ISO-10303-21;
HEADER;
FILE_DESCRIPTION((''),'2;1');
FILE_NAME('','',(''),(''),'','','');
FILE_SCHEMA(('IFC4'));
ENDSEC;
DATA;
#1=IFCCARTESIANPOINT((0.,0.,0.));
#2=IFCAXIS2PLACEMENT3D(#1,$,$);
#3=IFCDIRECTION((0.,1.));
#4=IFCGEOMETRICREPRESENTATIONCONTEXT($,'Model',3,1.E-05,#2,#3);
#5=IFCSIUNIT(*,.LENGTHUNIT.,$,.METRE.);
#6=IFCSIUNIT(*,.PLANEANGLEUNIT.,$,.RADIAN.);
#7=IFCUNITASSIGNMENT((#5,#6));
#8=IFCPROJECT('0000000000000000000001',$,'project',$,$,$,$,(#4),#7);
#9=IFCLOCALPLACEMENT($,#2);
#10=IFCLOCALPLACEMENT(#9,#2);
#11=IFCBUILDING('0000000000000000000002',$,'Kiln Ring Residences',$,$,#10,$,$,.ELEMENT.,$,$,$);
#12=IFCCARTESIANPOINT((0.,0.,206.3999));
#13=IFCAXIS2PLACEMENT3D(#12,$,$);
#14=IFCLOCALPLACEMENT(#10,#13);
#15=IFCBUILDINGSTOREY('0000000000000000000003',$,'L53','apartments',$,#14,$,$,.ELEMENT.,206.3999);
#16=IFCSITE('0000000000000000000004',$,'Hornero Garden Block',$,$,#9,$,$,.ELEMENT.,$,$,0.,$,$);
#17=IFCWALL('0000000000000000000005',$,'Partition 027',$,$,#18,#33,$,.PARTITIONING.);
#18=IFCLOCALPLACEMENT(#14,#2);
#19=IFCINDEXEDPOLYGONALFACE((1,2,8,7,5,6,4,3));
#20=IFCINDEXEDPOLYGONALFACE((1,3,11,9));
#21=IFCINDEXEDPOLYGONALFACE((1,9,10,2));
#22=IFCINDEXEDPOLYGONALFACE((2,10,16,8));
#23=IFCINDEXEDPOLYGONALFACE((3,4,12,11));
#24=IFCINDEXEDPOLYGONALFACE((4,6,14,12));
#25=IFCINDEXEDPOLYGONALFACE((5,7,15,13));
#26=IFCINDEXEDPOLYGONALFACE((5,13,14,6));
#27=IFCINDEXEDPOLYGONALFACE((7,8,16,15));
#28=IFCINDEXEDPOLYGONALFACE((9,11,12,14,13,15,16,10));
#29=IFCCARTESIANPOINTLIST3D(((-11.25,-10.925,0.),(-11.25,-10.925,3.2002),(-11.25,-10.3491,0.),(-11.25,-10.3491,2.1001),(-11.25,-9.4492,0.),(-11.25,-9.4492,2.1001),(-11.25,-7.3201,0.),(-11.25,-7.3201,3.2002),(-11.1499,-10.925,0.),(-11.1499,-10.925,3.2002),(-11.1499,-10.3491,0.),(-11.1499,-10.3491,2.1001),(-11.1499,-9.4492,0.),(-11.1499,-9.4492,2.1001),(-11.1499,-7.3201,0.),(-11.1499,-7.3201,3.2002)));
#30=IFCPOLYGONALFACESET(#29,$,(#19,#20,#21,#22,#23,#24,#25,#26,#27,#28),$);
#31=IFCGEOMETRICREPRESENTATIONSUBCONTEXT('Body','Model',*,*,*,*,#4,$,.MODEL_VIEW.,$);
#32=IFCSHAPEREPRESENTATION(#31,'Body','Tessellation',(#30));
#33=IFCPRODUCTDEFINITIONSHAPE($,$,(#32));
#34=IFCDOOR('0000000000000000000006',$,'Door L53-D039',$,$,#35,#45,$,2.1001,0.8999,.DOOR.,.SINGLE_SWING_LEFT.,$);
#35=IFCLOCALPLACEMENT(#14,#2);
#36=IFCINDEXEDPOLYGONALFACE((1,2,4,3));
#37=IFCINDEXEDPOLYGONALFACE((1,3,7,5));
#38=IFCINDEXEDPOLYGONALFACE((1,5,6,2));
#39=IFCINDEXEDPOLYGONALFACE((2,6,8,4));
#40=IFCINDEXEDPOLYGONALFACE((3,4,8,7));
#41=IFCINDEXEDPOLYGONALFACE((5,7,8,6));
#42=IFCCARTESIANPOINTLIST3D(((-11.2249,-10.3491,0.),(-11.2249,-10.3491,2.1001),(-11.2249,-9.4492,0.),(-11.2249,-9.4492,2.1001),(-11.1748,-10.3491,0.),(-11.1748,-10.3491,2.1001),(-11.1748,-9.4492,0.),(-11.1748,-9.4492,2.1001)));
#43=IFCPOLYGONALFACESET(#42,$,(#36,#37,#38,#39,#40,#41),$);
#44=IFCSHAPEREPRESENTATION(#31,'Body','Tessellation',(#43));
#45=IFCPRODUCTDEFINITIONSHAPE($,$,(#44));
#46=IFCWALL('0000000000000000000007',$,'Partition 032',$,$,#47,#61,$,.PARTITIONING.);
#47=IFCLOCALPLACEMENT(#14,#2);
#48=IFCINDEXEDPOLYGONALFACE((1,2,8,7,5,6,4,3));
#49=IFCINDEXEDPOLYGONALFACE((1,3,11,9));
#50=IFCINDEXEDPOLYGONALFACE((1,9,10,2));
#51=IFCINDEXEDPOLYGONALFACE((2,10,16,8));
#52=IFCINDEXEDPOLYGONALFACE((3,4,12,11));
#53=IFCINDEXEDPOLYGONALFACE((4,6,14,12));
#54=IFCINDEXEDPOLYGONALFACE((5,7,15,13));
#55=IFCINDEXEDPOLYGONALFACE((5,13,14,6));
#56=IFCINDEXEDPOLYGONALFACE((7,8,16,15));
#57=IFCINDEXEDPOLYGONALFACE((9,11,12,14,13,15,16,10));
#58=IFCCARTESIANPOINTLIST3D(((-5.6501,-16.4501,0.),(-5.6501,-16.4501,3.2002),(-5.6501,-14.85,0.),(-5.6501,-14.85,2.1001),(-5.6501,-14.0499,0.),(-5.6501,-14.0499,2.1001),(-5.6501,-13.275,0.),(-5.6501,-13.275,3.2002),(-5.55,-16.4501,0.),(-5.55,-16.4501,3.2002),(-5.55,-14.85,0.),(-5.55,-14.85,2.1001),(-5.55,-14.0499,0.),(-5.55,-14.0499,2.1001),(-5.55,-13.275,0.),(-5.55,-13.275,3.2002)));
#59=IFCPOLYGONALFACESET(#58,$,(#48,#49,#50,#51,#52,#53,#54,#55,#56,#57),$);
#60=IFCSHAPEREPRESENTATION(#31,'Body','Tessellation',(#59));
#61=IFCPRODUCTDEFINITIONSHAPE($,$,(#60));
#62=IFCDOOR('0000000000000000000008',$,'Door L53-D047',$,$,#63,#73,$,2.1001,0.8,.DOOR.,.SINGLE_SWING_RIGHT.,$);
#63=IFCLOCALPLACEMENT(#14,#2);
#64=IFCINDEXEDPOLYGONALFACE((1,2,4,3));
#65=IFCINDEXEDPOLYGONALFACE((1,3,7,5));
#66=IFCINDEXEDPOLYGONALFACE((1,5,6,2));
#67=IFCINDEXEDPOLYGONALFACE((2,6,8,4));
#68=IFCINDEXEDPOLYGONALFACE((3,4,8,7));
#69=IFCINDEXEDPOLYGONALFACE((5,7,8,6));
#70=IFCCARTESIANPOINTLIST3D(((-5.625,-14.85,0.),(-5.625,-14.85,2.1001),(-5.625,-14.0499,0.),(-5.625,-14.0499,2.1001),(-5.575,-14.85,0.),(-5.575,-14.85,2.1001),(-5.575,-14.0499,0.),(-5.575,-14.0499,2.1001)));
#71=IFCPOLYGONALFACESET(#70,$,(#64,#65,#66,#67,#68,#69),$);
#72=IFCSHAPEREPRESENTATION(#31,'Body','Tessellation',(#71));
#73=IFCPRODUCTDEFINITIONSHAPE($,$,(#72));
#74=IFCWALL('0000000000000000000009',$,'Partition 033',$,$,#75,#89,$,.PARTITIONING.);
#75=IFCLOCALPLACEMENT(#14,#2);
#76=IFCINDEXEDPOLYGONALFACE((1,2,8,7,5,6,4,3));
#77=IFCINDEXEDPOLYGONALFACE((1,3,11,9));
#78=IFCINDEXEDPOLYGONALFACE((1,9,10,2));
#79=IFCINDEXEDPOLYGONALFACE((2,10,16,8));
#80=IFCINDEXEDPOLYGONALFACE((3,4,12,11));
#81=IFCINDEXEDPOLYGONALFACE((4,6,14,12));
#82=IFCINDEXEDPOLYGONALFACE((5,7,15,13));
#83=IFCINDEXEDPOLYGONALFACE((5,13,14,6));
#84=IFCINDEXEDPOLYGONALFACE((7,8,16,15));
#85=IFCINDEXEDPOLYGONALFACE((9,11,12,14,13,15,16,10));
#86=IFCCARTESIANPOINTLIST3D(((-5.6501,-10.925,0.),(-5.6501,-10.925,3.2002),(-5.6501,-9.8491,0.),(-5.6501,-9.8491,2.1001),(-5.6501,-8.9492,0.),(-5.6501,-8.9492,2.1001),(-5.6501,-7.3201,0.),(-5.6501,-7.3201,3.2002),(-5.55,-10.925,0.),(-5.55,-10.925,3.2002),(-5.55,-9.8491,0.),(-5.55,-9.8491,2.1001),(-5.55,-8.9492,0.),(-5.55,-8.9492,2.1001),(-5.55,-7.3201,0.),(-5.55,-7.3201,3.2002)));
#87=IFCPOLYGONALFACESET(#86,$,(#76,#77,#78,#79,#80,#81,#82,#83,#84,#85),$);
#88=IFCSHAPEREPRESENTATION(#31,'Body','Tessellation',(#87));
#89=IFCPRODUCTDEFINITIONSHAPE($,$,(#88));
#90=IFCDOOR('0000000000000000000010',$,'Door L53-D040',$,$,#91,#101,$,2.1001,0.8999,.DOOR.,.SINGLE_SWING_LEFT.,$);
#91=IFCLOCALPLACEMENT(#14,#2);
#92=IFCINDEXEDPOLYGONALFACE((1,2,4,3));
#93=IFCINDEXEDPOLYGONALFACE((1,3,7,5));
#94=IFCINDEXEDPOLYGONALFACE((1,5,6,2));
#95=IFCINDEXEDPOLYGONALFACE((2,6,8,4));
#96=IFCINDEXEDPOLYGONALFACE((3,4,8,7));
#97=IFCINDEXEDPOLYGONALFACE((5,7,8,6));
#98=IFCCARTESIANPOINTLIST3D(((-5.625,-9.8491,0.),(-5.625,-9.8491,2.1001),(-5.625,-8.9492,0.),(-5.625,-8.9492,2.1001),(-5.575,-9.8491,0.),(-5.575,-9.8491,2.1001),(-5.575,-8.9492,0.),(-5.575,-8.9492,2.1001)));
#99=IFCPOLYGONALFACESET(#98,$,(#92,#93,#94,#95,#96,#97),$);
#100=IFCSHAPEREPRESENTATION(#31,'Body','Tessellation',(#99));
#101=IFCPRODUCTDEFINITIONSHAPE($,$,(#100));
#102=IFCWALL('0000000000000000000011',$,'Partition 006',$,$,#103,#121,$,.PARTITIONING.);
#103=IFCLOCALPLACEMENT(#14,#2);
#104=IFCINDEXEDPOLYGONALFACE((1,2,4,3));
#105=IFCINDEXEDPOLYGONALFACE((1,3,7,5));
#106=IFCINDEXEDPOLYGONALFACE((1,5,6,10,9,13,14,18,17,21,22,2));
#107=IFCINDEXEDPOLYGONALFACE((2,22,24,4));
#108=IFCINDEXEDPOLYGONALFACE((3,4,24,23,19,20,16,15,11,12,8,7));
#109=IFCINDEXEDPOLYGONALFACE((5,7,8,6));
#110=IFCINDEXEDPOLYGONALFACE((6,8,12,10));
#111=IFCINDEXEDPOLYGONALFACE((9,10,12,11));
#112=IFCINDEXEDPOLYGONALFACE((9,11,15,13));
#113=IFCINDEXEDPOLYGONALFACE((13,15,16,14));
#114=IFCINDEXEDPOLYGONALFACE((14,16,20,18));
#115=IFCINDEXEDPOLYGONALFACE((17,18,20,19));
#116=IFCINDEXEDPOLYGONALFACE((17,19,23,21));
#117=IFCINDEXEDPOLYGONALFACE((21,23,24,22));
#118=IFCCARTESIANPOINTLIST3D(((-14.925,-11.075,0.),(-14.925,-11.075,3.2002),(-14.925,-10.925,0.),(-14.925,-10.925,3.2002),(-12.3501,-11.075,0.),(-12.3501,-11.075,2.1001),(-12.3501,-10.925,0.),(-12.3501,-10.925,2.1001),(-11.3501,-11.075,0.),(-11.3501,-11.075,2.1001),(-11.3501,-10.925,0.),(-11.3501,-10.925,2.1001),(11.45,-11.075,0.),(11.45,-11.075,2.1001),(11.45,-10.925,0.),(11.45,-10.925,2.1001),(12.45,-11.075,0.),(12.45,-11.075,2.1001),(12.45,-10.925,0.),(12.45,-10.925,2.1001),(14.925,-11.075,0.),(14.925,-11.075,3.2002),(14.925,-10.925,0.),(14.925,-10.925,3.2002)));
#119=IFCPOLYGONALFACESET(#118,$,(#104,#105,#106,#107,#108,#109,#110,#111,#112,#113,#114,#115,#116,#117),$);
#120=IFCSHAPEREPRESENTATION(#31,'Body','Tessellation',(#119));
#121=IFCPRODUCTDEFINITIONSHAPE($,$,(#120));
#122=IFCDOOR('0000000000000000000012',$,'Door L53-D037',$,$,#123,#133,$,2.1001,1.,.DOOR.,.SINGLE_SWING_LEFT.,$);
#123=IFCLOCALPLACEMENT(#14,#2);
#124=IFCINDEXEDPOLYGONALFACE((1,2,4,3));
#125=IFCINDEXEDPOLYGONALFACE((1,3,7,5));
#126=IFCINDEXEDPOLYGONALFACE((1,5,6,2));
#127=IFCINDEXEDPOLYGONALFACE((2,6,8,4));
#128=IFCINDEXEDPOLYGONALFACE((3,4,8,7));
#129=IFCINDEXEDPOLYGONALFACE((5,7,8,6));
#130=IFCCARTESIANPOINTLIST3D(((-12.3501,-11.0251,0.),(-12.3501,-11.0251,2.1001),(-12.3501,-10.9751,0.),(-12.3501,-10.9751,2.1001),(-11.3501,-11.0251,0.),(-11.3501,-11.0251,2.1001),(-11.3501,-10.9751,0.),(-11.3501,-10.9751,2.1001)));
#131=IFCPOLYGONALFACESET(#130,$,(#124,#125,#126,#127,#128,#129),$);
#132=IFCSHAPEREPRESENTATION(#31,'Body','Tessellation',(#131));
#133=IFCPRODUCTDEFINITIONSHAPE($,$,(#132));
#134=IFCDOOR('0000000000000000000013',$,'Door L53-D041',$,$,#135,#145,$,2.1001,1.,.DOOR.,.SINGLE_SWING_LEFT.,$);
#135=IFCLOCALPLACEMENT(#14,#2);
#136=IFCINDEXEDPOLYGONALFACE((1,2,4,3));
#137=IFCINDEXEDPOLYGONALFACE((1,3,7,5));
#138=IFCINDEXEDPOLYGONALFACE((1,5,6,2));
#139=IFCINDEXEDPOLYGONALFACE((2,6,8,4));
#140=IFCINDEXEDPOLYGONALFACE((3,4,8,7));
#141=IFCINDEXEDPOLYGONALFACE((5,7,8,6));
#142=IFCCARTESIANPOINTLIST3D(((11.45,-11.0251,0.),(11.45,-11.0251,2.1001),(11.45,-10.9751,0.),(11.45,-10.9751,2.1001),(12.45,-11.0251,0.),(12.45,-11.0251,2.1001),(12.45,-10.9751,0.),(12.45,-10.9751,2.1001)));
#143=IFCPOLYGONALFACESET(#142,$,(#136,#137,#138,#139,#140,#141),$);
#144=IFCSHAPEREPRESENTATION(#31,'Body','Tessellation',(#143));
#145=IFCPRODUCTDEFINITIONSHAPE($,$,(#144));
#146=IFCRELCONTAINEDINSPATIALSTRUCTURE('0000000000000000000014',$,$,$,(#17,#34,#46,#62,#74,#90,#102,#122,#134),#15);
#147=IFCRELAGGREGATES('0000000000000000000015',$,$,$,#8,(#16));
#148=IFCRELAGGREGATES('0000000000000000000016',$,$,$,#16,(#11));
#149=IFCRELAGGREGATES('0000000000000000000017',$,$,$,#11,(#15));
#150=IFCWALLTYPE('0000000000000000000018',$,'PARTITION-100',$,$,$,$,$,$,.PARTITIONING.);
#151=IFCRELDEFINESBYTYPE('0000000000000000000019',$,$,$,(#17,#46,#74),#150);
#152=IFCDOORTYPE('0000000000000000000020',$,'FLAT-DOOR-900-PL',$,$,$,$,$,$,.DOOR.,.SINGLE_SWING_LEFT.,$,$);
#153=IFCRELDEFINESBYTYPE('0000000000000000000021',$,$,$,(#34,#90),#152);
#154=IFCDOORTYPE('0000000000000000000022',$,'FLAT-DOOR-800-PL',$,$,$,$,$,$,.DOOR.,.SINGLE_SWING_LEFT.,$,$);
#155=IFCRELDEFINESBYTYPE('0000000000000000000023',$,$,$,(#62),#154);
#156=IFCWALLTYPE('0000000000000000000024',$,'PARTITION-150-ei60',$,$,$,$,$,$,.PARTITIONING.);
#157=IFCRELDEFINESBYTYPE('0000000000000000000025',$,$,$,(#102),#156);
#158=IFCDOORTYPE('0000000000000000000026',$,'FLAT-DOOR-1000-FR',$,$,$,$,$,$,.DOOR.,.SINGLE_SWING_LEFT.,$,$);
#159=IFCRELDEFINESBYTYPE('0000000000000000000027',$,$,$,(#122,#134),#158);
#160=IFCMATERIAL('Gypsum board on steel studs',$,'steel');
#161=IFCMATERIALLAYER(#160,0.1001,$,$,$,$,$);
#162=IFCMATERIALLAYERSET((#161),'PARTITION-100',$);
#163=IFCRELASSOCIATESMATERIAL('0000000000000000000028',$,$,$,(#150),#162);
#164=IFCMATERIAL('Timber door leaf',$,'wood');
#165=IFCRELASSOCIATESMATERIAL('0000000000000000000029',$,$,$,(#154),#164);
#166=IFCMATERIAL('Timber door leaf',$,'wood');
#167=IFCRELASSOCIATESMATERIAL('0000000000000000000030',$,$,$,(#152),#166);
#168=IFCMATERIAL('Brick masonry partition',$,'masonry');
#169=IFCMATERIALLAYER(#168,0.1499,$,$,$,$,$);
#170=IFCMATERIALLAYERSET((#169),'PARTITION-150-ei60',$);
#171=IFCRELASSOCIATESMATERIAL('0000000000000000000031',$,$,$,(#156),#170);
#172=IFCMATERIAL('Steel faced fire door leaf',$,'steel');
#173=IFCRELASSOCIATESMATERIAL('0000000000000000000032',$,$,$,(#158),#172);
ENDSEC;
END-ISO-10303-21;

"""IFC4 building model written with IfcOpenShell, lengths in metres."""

from ifc_helpers import new_model, si_unit, direction, frame, frame_2d, origin, place, context, subcontext, project, spatial, rectangle, extrude, material, layer, layer_set, type_object, element, fill, save


model = new_model("IFC4")

# Units and contexts
model_context = context("Model", 3, precision=1e-05, world=origin(), true_north=direction((0.0, 1.0)))
body_context = subcontext(model_context, "Body", "Model", "MODEL_VIEW")
ifc_project = project(units=[si_unit("LENGTHUNIT", "METRE"), si_unit("PLANEANGLEUNIT", "RADIAN")], contexts=[model_context])

# Site, building, storey
site_placement = place(None, origin())
site = spatial("IfcSite", under=ifc_project, at=site_placement, Name="Hornero Garden Block", CompositionType="ELEMENT", RefElevation=0.0)
building_placement = place(site_placement, origin())
building = spatial("IfcBuilding", under=site, at=building_placement, Name="Kiln Ring Residences", CompositionType="ELEMENT")
storey_placement = place(building_placement, frame((0.0, 0.0, 206.3999)))
storey = spatial("IfcBuildingStorey", under=building, at=storey_placement, Name="L53", Description="apartments", CompositionType="ELEMENT", Elevation=206.3999)

# Walls, openings, doors
ifc_material_1 = material(Name="Gypsum board on steel studs", Category="steel")
ifc_layer_1 = layer(ifc_material_1, 0.1001)
ifc_layer_set_1 = layer_set([ifc_layer_1], Name="PARTITION-100")
wall_type_1 = type_object("IfcWallType", Name="PARTITION-100", PredefinedType="PARTITIONING", material=ifc_layer_set_1)
ifc_material_2 = material(Name="Timber door leaf", Category="wood")
door_type_1 = type_object("IfcDoorType", Name="FLAT-DOOR-800-PL", OperationType="SINGLE_SWING_LEFT", PredefinedType="DOOR", material=ifc_material_2)
wall_1_placement = place(storey_placement, frame((-11.2, -10.925, 0.0), z_axis=(0.0, 0.0, 1.0), x_axis=(0.0, 1.0, 0.0)))
wall_1 = element("IfcWall", 1, at=wall_1_placement, inside=storey, type_object=wall_type_1, Name="Partition 027", PredefinedType="PARTITIONING", context=body_context, shape_type="SweptSolid", body=[
    extrude(rectangle(XDim=3.605, YDim=0.1001, at=frame_2d((1.8025, 0.0))), origin(), (0.0, 0.0, 1.0), 3.2002),
])
opening_1_placement = place(wall_1_placement, frame((0.5759, 0.0, 0.0)))
opening_1 = element("IfcOpeningElement", 2, at=opening_1_placement, cuts=wall_1, PredefinedType="OPENING", context=body_context, shape_type="SweptSolid", body=[
    extrude(rectangle(XDim=0.8999, YDim=2.1001, at=frame_2d((0.45, 1.05))), frame((0.0, 0.0601, 0.0), z_axis=(0.0, -1.0, 0.0), x_axis=(1.0, 0.0, 0.0)), (0.0, 0.0, 1.0), 0.1201),
])
ifc_material_3 = material(Name="Timber door leaf", Category="wood")
door_type_2 = type_object("IfcDoorType", Name="FLAT-DOOR-900-PL", OperationType="SINGLE_SWING_LEFT", PredefinedType="DOOR", material=ifc_material_3)
door_1_placement = place(opening_1_placement, origin())
door_1 = element("IfcDoor", 3, at=door_1_placement, inside=storey, type_object=door_type_2, Name="Door L53-D039", OperationType="SINGLE_SWING_LEFT", OverallHeight=2.1001, OverallWidth=0.8999, PredefinedType="DOOR", context=body_context, shape_type="SweptSolid", body=[
    extrude(rectangle(XDim=0.8999, YDim=2.1001, at=frame_2d((0.45, 1.05))), frame((0.0, 0.0249, 0.0), z_axis=(0.0, -1.0, 0.0), x_axis=(1.0, 0.0, 0.0)), (0.0, 0.0, 1.0), 0.05),
])
fill(opening_1, door_1)
wall_2_placement = place(storey_placement, frame((-5.6001, -16.45, 0.0), z_axis=(0.0, 0.0, 1.0), x_axis=(0.0, 1.0, 0.0)))
wall_2 = element("IfcWall", 4, at=wall_2_placement, inside=storey, type_object=wall_type_1, Name="Partition 032", PredefinedType="PARTITIONING", context=body_context, shape_type="SweptSolid", body=[
    extrude(rectangle(XDim=3.175, YDim=0.1001, at=frame_2d((1.5874, 0.0))), origin(), (0.0, 0.0, 1.0), 3.2002),
])
opening_2_placement = place(wall_2_placement, frame((1.6001, 0.0, 0.0)))
opening_2 = element("IfcOpeningElement", 5, at=opening_2_placement, cuts=wall_2, PredefinedType="OPENING", context=body_context, shape_type="SweptSolid", body=[
    extrude(rectangle(XDim=0.8, YDim=2.1001, at=frame_2d((0.3999, 1.05))), frame((0.0, 0.0601, 0.0), z_axis=(0.0, -1.0, 0.0), x_axis=(1.0, 0.0, 0.0)), (0.0, 0.0, 1.0), 0.1201),
])
door_2_placement = place(opening_2_placement, origin())
door_2 = element("IfcDoor", 6, at=door_2_placement, inside=storey, type_object=door_type_1, Name="Door L53-D047", OperationType="SINGLE_SWING_RIGHT", OverallHeight=2.1001, OverallWidth=0.8, PredefinedType="DOOR", context=body_context, shape_type="SweptSolid", body=[
    extrude(rectangle(XDim=0.8, YDim=2.1001, at=frame_2d((0.3999, 1.05))), frame((0.0, 0.0249, 0.0), z_axis=(0.0, -1.0, 0.0), x_axis=(1.0, 0.0, 0.0)), (0.0, 0.0, 1.0), 0.05),
])
fill(opening_2, door_2)
wall_3_placement = place(storey_placement, frame((-5.6001, -10.925, 0.0), z_axis=(0.0, 0.0, 1.0), x_axis=(0.0, 1.0, 0.0)))
wall_3 = element("IfcWall", 7, at=wall_3_placement, inside=storey, type_object=wall_type_1, Name="Partition 033", PredefinedType="PARTITIONING", context=body_context, shape_type="SweptSolid", body=[
    extrude(rectangle(XDim=3.605, YDim=0.1001, at=frame_2d((1.8025, 0.0))), origin(), (0.0, 0.0, 1.0), 3.2002),
])
opening_3_placement = place(wall_3_placement, frame((1.0759, 0.0, 0.0)))
opening_3 = element("IfcOpeningElement", 8, at=opening_3_placement, cuts=wall_3, PredefinedType="OPENING", context=body_context, shape_type="SweptSolid", body=[
    extrude(rectangle(XDim=0.8999, YDim=2.1001, at=frame_2d((0.45, 1.05))), frame((0.0, 0.0601, 0.0), z_axis=(0.0, -1.0, 0.0), x_axis=(1.0, 0.0, 0.0)), (0.0, 0.0, 1.0), 0.1201),
])
door_3_placement = place(opening_3_placement, origin())
door_3 = element("IfcDoor", 9, at=door_3_placement, inside=storey, type_object=door_type_2, Name="Door L53-D040", OperationType="SINGLE_SWING_LEFT", OverallHeight=2.1001, OverallWidth=0.8999, PredefinedType="DOOR", context=body_context, shape_type="SweptSolid", body=[
    extrude(rectangle(XDim=0.8999, YDim=2.1001, at=frame_2d((0.45, 1.05))), frame((0.0, 0.0249, 0.0), z_axis=(0.0, -1.0, 0.0), x_axis=(1.0, 0.0, 0.0)), (0.0, 0.0, 1.0), 0.05),
])
fill(opening_3, door_3)

# Wall, openings, doors
ifc_material_4 = material(Name="Brick masonry partition", Category="masonry")
ifc_layer_2 = layer(ifc_material_4, 0.1499)
ifc_layer_set_2 = layer_set([ifc_layer_2], Name="PARTITION-150-ei60")
wall_type_2 = type_object("IfcWallType", Name="PARTITION-150-ei60", PredefinedType="PARTITIONING", material=ifc_layer_set_2)
wall_4_placement = place(storey_placement, frame((-14.925, -11.0, 0.0), z_axis=(0.0, 0.0, 1.0), x_axis=(1.0, 0.0, 0.0)))
wall_4 = element("IfcWall", 10, at=wall_4_placement, inside=storey, type_object=wall_type_2, Name="Partition 006", PredefinedType="PARTITIONING", context=body_context, shape_type="SweptSolid", body=[
    extrude(rectangle(XDim=29.8501, YDim=0.1499, at=frame_2d((14.925, 0.0))), origin(), (0.0, 0.0, 1.0), 3.2002),
])
opening_4_placement = place(wall_4_placement, frame((2.575, 0.0, 0.0)))
opening_4 = element("IfcOpeningElement", 11, at=opening_4_placement, cuts=wall_4, PredefinedType="OPENING", context=body_context, shape_type="SweptSolid", body=[
    extrude(rectangle(XDim=1.0, YDim=2.1001, at=frame_2d((0.5, 1.05))), frame((0.0, 0.085, 0.0), z_axis=(0.0, -1.0, 0.0), x_axis=(1.0, 0.0, 0.0)), (0.0, 0.0, 1.0), 0.1699),
])
opening_5_placement = place(wall_4_placement, frame((26.375, 0.0, 0.0)))
opening_5 = element("IfcOpeningElement", 12, at=opening_5_placement, cuts=wall_4, PredefinedType="OPENING", context=body_context, shape_type="SweptSolid", body=[
    extrude(rectangle(XDim=1.0, YDim=2.1001, at=frame_2d((0.5, 1.05))), frame((0.0, 0.085, 0.0), z_axis=(0.0, -1.0, 0.0), x_axis=(1.0, 0.0, 0.0)), (0.0, 0.0, 1.0), 0.1699),
])
ifc_material_5 = material(Name="Steel faced fire door leaf", Category="steel")
door_type_3 = type_object("IfcDoorType", Name="FLAT-DOOR-1000-FR", OperationType="SINGLE_SWING_LEFT", PredefinedType="DOOR", material=ifc_material_5)
door_4_placement = place(opening_4_placement, origin())
door_4 = element("IfcDoor", 13, at=door_4_placement, inside=storey, type_object=door_type_3, Name="Door L53-D037", OperationType="SINGLE_SWING_LEFT", OverallHeight=2.1001, OverallWidth=1.0, PredefinedType="DOOR", context=body_context, shape_type="SweptSolid", body=[
    extrude(rectangle(XDim=1.0, YDim=2.1001, at=frame_2d((0.5, 1.05))), frame((0.0, 0.0249, 0.0), z_axis=(0.0, -1.0, 0.0), x_axis=(1.0, 0.0, 0.0)), (0.0, 0.0, 1.0), 0.05),
])
fill(opening_4, door_4)
door_5_placement = place(opening_5_placement, origin())
door_5 = element("IfcDoor", 14, at=door_5_placement, inside=storey, type_object=door_type_3, Name="Door L53-D041", OperationType="SINGLE_SWING_LEFT", OverallHeight=2.1001, OverallWidth=1.0, PredefinedType="DOOR", context=body_context, shape_type="SweptSolid", body=[
    extrude(rectangle(XDim=1.0, YDim=2.1001, at=frame_2d((0.5, 1.05))), frame((0.0, 0.0249, 0.0), z_axis=(0.0, -1.0, 0.0), x_axis=(1.0, 0.0, 0.0)), (0.0, 0.0, 1.0), 0.05),
])
fill(opening_5, door_5)

save(model, "model.ifc")
